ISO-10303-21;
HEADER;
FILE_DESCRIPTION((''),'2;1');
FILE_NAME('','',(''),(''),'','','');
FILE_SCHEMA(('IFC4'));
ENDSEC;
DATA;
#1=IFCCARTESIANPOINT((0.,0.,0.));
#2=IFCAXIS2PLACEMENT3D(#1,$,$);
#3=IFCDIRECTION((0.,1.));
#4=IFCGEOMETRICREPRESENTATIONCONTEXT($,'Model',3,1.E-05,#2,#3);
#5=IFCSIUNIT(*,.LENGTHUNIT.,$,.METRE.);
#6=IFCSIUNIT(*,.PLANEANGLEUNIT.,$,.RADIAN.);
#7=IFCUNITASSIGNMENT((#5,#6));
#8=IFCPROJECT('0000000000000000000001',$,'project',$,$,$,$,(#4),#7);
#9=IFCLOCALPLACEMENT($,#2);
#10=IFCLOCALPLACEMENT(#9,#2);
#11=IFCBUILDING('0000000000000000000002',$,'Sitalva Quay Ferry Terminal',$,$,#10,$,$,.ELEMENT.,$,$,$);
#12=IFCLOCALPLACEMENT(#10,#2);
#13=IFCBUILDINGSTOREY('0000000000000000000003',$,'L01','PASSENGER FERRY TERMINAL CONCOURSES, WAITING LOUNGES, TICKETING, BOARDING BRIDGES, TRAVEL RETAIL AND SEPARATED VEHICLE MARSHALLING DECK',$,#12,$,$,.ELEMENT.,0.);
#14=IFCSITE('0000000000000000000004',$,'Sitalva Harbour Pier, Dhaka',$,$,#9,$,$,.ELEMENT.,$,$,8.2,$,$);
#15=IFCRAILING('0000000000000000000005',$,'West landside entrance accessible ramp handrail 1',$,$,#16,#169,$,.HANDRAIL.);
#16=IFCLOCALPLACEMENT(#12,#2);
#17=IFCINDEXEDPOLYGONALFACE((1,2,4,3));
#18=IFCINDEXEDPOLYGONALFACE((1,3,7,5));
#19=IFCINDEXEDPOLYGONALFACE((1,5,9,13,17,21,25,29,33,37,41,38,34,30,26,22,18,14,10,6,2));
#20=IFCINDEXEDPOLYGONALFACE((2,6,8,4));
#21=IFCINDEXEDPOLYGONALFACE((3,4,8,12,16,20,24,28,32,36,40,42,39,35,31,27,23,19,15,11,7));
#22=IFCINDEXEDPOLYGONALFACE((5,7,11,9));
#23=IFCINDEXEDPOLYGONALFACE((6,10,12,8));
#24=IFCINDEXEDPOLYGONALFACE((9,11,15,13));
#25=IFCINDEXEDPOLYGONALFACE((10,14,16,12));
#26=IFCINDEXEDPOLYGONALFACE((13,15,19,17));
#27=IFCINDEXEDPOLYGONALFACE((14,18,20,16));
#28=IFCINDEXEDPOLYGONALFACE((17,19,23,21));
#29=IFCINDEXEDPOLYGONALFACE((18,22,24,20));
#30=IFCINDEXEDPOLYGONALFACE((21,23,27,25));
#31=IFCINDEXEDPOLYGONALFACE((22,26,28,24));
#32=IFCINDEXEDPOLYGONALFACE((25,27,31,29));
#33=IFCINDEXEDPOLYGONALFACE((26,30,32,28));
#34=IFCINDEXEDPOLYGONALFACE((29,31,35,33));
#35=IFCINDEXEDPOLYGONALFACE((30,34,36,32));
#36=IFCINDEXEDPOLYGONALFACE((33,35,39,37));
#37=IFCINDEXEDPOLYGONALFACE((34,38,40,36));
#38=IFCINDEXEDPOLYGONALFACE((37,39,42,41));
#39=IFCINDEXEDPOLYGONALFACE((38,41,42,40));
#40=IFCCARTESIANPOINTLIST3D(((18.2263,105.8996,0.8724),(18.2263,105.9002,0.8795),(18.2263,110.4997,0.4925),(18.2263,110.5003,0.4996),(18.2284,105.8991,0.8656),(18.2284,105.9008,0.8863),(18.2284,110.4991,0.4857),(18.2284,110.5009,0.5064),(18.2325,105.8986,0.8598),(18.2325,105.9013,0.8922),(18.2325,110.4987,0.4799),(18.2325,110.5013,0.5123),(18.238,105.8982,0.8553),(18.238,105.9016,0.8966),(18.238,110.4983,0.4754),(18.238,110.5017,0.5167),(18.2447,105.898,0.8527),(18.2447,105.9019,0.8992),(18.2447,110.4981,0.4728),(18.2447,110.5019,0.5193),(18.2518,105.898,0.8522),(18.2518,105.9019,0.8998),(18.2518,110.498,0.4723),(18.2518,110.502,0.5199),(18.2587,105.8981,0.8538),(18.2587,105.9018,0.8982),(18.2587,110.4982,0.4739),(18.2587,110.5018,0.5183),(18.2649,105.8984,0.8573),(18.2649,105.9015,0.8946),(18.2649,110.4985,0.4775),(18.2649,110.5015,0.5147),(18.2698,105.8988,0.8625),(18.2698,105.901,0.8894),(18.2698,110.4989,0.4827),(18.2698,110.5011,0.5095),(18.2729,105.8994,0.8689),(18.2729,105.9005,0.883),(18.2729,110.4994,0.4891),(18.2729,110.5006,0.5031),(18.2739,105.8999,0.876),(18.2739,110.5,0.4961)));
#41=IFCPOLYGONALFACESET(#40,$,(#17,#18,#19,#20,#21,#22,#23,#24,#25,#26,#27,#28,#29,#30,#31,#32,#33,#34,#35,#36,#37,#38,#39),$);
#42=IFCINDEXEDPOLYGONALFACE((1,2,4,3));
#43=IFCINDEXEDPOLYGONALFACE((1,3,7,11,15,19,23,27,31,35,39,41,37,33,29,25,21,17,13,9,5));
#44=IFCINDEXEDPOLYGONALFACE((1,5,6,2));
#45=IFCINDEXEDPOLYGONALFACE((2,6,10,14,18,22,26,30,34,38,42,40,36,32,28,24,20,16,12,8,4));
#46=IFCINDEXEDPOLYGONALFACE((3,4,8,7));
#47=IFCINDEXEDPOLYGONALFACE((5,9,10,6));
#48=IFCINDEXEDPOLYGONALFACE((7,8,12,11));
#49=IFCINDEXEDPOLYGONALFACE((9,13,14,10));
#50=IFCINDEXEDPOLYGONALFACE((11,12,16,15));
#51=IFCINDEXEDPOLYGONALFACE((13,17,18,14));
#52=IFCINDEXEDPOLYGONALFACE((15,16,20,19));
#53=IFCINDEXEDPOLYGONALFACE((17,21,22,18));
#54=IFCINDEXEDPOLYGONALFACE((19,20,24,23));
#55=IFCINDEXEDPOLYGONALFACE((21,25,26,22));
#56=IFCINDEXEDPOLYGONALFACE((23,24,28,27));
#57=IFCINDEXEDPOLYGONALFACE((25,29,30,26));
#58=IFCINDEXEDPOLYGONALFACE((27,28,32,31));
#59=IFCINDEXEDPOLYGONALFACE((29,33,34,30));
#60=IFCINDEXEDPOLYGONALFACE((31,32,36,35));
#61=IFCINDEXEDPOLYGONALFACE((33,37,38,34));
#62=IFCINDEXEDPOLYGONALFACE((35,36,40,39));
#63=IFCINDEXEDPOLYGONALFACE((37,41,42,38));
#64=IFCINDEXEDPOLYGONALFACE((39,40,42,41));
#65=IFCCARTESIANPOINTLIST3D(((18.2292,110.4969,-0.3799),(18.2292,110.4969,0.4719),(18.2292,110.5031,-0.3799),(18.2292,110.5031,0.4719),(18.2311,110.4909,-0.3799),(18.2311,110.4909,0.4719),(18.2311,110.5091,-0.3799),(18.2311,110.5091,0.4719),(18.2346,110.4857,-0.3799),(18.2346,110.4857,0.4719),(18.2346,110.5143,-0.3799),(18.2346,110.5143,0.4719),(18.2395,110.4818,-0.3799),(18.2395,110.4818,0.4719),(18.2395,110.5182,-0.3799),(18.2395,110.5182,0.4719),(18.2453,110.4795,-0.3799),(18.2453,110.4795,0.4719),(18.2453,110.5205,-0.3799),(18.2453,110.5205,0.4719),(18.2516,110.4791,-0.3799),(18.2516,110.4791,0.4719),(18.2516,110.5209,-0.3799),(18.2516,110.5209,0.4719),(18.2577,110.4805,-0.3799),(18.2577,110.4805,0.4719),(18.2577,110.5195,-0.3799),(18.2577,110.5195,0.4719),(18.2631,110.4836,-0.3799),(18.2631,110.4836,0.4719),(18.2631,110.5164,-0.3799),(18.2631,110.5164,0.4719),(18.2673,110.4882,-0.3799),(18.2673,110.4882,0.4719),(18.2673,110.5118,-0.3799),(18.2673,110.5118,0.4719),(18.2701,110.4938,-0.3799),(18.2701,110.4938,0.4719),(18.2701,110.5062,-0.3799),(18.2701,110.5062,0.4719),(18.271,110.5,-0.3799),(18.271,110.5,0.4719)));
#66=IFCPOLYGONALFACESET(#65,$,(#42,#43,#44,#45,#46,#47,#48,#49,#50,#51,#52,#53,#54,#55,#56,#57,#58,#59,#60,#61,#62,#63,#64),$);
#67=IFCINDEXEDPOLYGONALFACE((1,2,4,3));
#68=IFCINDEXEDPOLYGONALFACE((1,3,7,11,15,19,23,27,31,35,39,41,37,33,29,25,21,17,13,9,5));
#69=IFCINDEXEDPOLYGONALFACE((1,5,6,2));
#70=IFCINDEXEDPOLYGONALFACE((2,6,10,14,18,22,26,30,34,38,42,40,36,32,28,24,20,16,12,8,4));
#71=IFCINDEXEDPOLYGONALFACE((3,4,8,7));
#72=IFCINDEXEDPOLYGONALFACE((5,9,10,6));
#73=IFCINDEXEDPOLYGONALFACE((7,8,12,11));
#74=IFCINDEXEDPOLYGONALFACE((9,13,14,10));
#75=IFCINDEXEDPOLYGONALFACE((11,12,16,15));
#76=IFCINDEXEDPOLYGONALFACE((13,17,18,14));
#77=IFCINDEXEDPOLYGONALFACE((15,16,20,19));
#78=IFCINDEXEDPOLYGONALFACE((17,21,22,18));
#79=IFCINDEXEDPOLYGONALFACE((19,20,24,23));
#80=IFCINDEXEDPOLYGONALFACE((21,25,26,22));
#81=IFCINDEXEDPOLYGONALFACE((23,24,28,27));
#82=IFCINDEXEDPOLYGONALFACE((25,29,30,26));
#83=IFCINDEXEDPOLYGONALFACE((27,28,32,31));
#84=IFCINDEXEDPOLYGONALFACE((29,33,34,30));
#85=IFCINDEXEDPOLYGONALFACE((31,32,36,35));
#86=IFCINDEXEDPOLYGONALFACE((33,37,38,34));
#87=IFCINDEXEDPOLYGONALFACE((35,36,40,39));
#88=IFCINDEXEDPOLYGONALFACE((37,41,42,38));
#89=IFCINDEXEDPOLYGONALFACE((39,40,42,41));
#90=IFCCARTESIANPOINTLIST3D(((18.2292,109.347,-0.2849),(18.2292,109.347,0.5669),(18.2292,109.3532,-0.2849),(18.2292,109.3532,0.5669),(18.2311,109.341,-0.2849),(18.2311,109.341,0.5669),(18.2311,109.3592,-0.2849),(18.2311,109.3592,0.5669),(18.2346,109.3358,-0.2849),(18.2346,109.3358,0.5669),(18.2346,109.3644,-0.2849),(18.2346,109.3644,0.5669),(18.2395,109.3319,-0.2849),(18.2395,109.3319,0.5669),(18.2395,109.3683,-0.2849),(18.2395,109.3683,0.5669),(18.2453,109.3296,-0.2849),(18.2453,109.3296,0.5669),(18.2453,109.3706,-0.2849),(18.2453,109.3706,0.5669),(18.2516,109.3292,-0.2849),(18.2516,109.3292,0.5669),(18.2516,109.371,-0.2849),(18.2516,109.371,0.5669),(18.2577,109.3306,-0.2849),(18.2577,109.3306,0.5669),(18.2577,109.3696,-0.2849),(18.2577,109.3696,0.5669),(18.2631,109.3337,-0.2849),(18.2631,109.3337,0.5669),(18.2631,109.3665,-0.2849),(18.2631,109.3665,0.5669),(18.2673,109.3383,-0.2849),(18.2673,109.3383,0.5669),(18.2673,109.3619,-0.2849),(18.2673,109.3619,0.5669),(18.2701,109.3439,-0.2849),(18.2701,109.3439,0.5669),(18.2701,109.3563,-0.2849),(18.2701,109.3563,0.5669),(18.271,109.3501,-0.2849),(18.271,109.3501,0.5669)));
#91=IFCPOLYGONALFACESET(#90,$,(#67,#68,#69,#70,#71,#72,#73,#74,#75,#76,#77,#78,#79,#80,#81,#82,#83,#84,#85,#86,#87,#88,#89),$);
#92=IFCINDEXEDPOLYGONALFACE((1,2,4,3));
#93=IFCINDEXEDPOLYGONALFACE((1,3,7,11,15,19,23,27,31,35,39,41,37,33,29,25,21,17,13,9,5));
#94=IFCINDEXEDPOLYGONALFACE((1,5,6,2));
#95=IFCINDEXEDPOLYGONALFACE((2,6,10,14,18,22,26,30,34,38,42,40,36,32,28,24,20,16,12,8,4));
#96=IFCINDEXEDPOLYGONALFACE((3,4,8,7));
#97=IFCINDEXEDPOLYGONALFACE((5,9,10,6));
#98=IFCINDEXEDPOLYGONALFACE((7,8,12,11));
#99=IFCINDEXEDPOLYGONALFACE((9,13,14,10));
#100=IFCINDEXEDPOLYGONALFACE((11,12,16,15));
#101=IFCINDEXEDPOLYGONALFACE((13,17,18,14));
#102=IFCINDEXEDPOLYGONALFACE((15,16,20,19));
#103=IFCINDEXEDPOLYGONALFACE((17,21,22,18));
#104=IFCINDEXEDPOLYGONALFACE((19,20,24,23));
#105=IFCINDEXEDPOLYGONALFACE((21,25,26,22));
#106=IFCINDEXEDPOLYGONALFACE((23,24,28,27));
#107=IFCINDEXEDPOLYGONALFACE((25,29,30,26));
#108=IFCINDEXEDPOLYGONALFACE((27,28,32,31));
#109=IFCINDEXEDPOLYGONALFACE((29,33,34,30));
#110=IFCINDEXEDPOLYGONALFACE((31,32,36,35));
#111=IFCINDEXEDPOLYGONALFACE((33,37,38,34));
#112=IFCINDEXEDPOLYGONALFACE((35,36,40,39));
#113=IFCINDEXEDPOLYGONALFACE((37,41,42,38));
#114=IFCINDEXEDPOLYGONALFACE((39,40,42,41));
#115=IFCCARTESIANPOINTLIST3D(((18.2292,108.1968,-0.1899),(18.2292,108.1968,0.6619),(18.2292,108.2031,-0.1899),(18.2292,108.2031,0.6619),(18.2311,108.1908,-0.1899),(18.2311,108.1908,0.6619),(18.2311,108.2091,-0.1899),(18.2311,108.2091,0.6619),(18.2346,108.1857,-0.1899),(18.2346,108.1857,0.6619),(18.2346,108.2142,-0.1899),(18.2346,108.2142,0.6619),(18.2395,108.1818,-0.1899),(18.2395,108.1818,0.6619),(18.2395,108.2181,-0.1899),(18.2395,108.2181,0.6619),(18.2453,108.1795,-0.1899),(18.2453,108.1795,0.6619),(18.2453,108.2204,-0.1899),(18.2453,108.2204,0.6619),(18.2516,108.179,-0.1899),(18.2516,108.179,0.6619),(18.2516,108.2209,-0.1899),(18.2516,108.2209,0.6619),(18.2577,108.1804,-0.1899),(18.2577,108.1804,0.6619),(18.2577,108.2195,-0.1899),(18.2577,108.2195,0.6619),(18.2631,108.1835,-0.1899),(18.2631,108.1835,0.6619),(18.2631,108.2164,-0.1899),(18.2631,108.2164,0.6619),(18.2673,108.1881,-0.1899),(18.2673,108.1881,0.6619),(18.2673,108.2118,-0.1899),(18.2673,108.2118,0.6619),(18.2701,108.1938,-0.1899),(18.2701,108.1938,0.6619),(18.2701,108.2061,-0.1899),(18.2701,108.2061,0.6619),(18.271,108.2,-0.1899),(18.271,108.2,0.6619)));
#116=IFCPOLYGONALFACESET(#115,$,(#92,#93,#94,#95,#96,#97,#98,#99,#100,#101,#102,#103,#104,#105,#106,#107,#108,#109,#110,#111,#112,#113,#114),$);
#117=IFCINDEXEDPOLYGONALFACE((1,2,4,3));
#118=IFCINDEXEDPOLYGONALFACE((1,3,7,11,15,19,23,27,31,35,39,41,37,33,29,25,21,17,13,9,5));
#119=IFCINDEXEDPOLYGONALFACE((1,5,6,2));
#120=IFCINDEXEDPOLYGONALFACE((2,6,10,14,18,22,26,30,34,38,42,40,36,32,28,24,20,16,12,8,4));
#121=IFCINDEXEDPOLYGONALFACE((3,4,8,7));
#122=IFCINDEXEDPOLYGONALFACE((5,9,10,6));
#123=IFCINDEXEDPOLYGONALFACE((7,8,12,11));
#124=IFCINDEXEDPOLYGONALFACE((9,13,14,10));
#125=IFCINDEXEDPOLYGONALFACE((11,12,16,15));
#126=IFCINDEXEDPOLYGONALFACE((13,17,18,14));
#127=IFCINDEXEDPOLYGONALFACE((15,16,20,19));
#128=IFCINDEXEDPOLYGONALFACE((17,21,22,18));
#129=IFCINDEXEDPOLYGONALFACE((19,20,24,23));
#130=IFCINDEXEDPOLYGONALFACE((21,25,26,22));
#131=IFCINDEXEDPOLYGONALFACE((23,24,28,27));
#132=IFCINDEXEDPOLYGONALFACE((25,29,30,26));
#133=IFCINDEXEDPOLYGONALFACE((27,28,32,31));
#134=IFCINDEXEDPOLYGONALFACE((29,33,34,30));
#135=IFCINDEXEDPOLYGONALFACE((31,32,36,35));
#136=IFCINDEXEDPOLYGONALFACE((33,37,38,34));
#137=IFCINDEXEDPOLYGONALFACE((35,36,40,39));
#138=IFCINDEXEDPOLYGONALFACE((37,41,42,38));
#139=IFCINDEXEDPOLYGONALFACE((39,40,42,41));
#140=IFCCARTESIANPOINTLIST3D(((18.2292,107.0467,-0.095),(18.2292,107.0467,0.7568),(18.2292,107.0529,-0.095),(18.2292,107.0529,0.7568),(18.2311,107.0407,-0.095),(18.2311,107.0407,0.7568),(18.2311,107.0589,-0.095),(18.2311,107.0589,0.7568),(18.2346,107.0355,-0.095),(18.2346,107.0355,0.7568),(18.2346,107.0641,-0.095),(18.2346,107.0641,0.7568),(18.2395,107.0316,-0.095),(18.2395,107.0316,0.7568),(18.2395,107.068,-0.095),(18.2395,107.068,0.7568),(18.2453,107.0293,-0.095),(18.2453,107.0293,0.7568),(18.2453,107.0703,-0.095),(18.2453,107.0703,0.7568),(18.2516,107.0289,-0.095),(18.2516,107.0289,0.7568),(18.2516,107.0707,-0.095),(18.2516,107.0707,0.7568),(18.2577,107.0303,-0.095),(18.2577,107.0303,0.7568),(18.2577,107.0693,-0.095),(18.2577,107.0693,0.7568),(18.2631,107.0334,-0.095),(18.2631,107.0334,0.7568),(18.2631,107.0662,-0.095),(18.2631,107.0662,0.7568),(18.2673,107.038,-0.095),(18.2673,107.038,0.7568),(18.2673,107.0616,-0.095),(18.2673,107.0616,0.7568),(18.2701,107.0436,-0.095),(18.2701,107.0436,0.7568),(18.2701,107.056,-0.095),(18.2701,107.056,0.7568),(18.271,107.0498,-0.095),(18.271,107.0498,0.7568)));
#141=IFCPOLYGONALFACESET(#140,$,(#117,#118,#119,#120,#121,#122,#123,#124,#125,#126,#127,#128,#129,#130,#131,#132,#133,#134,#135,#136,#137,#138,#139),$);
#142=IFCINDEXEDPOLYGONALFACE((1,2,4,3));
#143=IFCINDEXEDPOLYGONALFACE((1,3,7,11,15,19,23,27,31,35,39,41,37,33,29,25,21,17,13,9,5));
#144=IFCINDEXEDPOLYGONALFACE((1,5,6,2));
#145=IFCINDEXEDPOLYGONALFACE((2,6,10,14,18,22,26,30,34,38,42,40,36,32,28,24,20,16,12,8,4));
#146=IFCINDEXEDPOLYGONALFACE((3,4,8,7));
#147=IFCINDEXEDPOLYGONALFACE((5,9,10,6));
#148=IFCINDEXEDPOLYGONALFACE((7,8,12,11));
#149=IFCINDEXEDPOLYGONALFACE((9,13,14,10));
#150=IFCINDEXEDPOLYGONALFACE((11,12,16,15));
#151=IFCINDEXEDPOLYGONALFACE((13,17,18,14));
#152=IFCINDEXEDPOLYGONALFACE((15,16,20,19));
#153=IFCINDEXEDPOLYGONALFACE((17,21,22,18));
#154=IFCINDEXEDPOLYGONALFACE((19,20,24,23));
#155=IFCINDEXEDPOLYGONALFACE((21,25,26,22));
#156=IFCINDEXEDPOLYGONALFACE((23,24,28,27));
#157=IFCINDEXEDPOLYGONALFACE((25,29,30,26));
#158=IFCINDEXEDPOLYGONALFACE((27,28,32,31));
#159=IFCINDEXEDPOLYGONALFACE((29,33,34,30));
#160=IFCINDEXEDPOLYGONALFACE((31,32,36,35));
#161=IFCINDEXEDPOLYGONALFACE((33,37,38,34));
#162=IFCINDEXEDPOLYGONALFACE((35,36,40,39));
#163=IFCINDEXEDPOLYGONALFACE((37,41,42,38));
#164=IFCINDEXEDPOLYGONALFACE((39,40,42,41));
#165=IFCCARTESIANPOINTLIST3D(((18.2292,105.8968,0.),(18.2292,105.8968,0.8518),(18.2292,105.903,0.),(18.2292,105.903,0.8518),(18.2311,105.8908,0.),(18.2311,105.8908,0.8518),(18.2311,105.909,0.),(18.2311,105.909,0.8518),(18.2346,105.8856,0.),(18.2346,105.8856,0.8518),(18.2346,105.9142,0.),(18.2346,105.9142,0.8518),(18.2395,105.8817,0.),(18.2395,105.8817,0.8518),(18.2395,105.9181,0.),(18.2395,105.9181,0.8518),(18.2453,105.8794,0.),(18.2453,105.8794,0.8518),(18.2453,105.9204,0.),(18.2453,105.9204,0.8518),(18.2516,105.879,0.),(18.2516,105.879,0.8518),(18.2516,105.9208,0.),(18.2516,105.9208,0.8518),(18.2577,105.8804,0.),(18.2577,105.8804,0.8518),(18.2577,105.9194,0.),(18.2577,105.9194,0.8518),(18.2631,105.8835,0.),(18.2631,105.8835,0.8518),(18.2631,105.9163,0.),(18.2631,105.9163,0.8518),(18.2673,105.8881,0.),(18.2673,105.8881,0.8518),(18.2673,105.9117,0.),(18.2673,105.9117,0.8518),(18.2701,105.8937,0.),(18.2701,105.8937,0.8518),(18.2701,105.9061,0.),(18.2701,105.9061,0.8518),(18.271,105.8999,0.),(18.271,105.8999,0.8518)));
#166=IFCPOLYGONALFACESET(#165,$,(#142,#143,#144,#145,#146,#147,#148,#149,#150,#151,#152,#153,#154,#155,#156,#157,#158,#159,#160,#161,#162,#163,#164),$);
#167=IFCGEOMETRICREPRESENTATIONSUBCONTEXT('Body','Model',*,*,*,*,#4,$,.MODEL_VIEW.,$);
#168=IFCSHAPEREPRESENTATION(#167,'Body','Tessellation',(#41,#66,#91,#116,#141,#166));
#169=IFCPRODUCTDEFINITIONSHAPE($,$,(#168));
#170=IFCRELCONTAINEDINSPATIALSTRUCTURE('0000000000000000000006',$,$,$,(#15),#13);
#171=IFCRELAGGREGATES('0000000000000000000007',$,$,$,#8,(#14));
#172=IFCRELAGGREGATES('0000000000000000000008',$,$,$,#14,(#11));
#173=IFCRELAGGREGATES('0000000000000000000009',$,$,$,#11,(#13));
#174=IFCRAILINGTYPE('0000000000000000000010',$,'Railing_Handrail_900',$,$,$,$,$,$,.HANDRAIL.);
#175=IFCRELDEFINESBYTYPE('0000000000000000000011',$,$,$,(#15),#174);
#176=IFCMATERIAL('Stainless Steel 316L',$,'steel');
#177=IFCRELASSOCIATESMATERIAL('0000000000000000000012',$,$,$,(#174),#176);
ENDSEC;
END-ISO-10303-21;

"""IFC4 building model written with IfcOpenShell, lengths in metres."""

from ifc_helpers import new_model, si_unit, direction, frame, origin, origin_2d, place, context, subcontext, project, spatial, circle, extrude, material, type_object, element, save


model = new_model("IFC4")

# Units and contexts
model_context = context("Model", 3, precision=1e-05, world=origin(), true_north=direction((0.0, 1.0)))
body_context = subcontext(model_context, "Body", "Model", "MODEL_VIEW")
ifc_project = project(units=[si_unit("LENGTHUNIT", "METRE"), si_unit("PLANEANGLEUNIT", "RADIAN")], contexts=[model_context])

# Site, building, storey
site_placement = place(None, origin())
site = spatial("IfcSite", under=ifc_project, at=site_placement, Name="Sitalva Harbour Pier, Dhaka", CompositionType="ELEMENT", RefElevation=8.2)
building_placement = place(site_placement, origin())
building = spatial("IfcBuilding", under=site, at=building_placement, Name="Sitalva Quay Ferry Terminal", CompositionType="ELEMENT")
storey_placement = place(building_placement, origin())
storey = spatial("IfcBuildingStorey", under=building, at=storey_placement, Name="L01", Description="PASSENGER FERRY TERMINAL CONCOURSES, WAITING LOUNGES, TICKETING, BOARDING BRIDGES, TRAVEL RETAIL AND SEPARATED VEHICLE MARSHALLING DECK", CompositionType="ELEMENT", Elevation=0.0)

# Railing
ifc_material_1 = material(Name="Stainless Steel 316L", Category="steel")
railing_type = type_object("IfcRailingType", Name="Railing_Handrail_900", PredefinedType="HANDRAIL", material=ifc_material_1)
for number, where, name in (
    (1, (18.25, 110.5, -0.3799), "West landside entrance accessible ramp handrail 1"),
):
    element("IfcRailing", number, at=place(storey_placement, frame(where)), inside=storey, type_object=railing_type, Name=name, PredefinedType="HANDRAIL", context=body_context, shape_type="SweptSolid", body=[
        extrude(circle(Radius=0.0239, at=origin_2d()), frame((0.0, 0.0, 0.876), z_axis=(0.0, -0.996607, 0.082301), x_axis=(1.0, 0.0, 0.0)), (0.0, 0.0, 1.0), 4.6157),
        extrude(circle(Radius=0.021, at=origin_2d()), origin(), (0.0, 0.0, 1.0), 0.8518),
        extrude(circle(Radius=0.021, at=origin_2d()), frame((0.0, -1.1499, 0.095)), (0.0, 0.0, 1.0), 0.8518),
        extrude(circle(Radius=0.021, at=origin_2d()), frame((0.0, -2.3, 0.1899)), (0.0, 0.0, 1.0), 0.8518),
        extrude(circle(Radius=0.021, at=origin_2d()), frame((0.0, -3.4502, 0.2849)), (0.0, 0.0, 1.0), 0.8518),
        extrude(circle(Radius=0.021, at=origin_2d()), frame((0.0, -4.6001, 0.3799)), (0.0, 0.0, 1.0), 0.8518),
    ])

save(model, "model.ifc")
